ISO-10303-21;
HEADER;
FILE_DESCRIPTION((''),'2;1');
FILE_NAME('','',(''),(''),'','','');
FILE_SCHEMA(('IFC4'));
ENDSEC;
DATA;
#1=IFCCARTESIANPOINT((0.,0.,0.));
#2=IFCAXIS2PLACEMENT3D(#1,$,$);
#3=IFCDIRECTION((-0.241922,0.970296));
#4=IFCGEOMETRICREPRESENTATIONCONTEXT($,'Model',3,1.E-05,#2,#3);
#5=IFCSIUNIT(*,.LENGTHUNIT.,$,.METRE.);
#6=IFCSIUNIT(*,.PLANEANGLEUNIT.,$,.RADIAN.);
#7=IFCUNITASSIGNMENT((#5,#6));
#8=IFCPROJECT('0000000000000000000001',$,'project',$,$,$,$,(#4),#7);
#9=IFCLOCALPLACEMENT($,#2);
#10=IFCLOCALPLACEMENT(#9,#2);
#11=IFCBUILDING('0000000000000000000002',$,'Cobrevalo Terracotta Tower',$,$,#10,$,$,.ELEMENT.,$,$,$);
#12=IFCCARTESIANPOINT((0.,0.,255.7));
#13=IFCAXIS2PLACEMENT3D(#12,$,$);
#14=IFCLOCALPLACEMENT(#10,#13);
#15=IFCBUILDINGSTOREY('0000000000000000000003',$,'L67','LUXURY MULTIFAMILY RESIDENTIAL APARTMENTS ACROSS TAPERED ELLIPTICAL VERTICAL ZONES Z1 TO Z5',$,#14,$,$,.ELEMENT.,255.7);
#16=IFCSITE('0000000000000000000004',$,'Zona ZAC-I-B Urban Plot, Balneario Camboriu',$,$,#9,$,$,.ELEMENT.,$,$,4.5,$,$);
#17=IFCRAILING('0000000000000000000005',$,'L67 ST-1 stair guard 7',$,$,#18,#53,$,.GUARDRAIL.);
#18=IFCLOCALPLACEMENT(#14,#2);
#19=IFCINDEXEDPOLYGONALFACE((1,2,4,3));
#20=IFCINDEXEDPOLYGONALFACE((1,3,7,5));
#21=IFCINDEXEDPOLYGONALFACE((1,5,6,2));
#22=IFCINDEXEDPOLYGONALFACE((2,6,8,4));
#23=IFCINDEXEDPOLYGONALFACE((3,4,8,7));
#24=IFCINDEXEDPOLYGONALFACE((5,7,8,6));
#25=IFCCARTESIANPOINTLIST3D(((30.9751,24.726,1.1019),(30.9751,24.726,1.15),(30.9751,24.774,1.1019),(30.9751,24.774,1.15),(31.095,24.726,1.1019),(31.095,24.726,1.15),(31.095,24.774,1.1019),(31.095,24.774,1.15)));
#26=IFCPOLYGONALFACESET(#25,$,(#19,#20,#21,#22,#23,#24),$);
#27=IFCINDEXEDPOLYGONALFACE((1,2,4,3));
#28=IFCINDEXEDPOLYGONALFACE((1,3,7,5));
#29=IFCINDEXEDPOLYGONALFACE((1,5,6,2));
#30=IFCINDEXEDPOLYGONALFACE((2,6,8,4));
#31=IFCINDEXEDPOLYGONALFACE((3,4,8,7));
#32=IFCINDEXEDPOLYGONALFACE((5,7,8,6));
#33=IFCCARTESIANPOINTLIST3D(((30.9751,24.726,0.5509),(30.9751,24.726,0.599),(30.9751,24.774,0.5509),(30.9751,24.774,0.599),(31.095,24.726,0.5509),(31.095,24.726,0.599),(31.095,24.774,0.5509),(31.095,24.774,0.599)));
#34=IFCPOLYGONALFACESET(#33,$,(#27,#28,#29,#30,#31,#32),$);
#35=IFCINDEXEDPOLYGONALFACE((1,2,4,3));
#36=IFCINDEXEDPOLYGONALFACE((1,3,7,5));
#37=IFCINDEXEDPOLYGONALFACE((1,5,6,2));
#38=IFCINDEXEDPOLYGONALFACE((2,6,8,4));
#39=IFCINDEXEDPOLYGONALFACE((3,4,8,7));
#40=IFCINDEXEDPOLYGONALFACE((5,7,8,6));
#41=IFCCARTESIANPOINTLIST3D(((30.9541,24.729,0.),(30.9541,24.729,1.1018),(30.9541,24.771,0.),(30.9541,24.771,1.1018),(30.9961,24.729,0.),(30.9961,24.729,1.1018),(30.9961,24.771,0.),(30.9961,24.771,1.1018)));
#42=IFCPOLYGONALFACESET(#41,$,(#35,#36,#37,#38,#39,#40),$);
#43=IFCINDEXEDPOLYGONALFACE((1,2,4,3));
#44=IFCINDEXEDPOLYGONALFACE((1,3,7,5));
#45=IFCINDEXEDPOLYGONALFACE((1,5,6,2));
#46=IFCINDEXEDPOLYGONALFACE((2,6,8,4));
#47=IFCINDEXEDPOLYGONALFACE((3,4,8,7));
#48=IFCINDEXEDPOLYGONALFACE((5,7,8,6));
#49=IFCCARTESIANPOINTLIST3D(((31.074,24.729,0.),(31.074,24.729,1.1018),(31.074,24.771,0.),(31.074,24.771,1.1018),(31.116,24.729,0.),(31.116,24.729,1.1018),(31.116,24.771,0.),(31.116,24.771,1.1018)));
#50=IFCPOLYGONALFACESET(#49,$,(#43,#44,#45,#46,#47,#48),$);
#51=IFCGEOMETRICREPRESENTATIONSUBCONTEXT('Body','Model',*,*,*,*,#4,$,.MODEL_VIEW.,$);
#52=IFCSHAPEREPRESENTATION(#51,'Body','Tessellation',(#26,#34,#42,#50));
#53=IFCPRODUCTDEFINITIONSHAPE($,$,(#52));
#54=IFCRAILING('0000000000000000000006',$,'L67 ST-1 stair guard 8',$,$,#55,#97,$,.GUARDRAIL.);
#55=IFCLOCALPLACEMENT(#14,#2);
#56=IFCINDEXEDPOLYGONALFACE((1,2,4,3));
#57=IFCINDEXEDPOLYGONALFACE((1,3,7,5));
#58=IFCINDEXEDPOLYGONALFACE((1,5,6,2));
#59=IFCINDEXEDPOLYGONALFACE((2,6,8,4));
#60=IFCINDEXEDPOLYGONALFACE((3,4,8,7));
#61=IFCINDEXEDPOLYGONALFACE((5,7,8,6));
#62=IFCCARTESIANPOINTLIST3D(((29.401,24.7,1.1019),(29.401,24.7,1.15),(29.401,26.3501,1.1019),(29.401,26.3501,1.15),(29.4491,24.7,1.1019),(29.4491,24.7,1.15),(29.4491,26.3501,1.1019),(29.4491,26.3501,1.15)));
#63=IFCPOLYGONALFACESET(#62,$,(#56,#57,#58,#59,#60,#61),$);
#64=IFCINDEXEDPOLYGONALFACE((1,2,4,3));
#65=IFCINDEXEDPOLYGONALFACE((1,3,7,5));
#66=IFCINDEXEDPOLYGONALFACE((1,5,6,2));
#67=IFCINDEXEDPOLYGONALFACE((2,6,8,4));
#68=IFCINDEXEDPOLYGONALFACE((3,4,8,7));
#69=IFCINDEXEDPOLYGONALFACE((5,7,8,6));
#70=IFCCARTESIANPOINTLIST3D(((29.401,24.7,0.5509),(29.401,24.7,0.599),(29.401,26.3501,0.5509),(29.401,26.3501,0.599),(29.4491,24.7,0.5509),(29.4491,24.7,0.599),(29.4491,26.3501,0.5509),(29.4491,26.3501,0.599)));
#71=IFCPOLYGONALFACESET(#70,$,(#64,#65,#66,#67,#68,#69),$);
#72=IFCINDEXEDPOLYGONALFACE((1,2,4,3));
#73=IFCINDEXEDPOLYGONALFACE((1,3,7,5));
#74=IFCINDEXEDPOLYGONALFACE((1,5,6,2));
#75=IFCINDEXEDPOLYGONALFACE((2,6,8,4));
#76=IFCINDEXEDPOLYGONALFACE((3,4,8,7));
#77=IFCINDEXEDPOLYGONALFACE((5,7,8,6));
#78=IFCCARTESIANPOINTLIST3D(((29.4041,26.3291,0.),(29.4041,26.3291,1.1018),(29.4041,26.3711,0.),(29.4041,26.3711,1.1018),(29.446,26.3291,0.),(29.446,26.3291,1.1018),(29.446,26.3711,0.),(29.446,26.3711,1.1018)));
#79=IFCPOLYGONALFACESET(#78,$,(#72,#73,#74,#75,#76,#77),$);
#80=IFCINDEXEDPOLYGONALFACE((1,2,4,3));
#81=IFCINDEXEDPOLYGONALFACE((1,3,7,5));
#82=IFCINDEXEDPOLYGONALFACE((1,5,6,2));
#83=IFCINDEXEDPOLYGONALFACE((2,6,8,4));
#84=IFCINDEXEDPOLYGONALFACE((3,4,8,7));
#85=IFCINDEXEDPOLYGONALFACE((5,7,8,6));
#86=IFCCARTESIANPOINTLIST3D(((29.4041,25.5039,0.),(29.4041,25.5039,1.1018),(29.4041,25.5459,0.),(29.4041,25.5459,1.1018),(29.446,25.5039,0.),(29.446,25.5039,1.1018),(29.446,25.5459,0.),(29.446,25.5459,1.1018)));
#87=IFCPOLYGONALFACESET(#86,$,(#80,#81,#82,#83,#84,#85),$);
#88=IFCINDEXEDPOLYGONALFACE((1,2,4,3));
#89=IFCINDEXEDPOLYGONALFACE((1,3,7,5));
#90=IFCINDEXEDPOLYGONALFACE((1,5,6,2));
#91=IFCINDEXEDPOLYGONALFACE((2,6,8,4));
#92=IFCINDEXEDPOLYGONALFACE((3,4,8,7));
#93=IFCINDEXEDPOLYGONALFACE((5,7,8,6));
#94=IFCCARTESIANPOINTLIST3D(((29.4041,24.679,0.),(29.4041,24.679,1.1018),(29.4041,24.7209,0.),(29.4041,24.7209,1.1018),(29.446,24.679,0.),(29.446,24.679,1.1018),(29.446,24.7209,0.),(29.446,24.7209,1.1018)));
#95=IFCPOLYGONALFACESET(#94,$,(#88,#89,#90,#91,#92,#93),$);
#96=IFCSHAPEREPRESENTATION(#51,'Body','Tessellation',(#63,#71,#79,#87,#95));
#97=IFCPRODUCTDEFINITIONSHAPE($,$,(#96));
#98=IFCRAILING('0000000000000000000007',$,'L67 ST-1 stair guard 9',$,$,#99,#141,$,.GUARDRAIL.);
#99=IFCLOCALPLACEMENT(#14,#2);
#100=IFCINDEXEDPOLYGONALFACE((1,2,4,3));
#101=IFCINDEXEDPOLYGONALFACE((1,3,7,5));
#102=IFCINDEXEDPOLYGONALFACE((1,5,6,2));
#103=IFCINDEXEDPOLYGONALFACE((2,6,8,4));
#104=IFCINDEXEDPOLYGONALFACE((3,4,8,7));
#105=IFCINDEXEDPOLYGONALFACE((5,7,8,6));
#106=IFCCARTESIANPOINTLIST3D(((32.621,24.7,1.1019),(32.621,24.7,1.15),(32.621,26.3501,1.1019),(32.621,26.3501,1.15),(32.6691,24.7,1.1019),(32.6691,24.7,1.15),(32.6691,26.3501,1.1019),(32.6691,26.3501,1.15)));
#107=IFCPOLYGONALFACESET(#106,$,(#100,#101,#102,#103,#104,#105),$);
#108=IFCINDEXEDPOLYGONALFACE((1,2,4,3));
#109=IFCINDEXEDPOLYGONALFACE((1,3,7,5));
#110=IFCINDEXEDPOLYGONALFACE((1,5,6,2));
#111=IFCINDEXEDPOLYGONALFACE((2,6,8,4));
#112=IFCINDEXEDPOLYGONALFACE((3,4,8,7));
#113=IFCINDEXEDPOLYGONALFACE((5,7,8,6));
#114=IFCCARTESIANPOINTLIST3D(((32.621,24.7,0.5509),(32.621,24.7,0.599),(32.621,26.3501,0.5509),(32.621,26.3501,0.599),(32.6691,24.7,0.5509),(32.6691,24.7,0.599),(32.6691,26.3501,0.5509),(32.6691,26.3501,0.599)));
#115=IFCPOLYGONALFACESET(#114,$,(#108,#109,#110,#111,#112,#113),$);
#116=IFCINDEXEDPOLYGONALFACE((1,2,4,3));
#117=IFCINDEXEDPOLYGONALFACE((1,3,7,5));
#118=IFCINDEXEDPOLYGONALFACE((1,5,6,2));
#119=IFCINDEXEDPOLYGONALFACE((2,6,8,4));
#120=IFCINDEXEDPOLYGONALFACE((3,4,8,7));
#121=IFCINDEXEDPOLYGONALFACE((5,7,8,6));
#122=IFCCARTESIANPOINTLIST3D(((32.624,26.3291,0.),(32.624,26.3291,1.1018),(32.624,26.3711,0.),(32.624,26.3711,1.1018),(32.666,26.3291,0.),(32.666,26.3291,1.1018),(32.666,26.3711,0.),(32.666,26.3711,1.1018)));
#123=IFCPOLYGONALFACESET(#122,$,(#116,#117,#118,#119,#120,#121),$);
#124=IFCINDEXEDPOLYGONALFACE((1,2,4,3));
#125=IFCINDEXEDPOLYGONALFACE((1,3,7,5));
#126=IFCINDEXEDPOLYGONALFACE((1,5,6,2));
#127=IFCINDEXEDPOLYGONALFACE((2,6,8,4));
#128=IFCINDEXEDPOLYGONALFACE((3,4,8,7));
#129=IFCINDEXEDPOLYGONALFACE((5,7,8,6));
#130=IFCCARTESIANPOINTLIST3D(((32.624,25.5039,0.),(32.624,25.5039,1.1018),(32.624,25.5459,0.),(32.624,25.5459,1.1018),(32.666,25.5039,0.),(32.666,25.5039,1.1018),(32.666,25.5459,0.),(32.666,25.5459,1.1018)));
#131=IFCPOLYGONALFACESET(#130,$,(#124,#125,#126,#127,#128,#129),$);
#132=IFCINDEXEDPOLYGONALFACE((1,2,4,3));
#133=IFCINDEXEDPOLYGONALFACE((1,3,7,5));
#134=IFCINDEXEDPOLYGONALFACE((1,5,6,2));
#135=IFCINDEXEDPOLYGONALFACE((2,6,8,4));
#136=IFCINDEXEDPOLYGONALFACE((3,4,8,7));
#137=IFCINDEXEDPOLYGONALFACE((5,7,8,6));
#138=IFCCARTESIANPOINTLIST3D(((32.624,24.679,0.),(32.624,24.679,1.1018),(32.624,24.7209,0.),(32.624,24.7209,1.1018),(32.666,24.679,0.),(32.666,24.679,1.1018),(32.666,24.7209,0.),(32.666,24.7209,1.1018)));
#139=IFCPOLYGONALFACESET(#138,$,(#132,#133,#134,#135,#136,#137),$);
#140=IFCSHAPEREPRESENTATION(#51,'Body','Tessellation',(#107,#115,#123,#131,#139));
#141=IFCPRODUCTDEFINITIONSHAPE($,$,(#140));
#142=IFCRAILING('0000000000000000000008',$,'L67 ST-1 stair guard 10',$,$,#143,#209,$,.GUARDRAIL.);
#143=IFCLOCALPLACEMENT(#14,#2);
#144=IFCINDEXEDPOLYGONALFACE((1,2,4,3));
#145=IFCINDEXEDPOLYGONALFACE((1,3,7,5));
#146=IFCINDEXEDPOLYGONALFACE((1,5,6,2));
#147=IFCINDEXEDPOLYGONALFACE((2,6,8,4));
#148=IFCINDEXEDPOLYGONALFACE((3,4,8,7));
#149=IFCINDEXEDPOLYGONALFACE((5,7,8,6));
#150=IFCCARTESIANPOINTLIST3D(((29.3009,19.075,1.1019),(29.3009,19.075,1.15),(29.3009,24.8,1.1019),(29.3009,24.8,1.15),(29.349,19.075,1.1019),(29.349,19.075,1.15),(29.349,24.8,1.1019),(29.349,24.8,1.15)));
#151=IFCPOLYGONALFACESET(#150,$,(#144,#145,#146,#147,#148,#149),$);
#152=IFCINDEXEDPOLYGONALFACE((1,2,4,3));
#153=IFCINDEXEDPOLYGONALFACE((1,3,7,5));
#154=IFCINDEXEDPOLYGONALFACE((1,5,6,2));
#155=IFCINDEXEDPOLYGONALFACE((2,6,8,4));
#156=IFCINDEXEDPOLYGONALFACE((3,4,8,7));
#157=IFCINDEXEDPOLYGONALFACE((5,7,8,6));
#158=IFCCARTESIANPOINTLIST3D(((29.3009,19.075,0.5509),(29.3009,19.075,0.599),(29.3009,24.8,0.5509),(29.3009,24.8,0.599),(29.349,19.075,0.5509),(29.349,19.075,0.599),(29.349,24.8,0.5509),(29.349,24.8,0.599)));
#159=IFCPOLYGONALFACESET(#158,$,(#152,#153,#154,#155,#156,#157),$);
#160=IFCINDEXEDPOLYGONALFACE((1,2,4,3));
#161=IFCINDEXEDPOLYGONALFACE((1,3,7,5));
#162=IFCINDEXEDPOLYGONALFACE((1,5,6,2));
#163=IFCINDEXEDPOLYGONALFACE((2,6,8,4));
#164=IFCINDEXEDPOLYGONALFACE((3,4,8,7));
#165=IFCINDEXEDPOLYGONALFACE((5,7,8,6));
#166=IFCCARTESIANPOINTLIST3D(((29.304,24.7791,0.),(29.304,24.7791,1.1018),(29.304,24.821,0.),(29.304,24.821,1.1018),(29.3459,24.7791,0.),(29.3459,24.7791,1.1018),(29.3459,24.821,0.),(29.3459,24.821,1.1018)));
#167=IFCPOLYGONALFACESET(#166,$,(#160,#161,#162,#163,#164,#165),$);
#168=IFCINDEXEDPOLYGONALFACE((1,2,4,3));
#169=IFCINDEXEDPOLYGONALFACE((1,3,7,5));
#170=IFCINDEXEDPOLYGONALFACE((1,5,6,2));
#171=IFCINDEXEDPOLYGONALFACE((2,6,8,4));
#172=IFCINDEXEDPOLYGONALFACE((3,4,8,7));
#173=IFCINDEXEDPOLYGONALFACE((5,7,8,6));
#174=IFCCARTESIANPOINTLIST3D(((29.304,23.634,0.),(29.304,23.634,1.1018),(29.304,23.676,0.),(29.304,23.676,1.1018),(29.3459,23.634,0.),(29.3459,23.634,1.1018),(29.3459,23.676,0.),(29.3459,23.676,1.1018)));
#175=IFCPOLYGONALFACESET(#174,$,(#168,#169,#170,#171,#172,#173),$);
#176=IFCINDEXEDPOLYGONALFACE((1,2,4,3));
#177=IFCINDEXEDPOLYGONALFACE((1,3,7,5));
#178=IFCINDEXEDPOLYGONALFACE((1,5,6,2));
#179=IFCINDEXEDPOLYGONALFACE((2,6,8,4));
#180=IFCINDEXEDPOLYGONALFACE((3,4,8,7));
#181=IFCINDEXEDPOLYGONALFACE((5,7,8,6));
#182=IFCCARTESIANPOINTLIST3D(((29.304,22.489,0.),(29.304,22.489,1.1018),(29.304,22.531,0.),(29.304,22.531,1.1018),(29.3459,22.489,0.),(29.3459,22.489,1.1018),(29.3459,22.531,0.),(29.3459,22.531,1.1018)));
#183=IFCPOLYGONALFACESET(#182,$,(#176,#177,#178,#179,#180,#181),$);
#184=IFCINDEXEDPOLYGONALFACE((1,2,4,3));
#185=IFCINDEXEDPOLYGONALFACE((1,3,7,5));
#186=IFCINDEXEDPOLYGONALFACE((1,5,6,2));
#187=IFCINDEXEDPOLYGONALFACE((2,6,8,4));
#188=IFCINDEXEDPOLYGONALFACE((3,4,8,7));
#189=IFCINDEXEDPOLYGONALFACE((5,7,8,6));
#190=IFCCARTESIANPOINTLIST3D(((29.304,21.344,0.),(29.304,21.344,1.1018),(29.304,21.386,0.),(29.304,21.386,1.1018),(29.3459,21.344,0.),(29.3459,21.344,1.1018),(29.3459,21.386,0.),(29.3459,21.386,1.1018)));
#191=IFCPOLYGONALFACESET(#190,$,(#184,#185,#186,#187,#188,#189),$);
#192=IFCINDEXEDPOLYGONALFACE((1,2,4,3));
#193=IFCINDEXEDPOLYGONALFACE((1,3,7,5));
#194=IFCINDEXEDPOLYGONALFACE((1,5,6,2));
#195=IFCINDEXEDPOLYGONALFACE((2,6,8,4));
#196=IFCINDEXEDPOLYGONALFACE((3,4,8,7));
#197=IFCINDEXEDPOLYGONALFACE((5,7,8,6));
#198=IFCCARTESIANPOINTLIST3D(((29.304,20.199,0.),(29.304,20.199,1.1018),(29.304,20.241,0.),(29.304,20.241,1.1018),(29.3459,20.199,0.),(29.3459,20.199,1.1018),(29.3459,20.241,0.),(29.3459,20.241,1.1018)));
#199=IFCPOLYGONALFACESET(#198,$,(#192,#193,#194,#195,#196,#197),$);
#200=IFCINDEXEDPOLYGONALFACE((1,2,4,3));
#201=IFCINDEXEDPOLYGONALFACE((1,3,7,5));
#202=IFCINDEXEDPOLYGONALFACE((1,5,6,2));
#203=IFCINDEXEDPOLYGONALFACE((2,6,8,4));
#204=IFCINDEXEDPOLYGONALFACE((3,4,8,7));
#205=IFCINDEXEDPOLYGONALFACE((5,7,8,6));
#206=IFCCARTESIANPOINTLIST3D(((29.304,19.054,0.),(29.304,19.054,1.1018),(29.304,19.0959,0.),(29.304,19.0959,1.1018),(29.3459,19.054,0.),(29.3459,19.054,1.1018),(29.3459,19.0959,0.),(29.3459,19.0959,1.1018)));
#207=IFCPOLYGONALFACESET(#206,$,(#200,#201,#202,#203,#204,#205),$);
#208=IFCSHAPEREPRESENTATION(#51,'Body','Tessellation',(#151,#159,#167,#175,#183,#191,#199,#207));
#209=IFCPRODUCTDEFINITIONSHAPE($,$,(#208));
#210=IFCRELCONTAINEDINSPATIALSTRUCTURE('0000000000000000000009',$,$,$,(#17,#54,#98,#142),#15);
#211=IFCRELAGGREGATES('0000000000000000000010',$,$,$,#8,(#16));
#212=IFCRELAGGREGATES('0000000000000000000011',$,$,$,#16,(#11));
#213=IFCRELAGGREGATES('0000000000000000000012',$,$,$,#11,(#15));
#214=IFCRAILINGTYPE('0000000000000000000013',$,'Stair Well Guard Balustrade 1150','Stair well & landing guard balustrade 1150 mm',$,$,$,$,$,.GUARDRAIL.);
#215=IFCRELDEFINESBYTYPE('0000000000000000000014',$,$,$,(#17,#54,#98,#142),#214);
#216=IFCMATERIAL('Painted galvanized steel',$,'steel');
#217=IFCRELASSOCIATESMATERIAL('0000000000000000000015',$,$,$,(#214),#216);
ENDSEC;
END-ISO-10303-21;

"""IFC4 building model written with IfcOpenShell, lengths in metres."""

from ifc_helpers import new_model, si_unit, direction, frame, origin, origin_2d, place, context, subcontext, project, spatial, rectangle, extrude, material, type_object, element, save


model = new_model("IFC4")

# Units and contexts
model_context = context("Model", 3, precision=1e-05, world=origin(), true_north=direction((-0.241922, 0.970296)))
body_context = subcontext(model_context, "Body", "Model", "MODEL_VIEW")
ifc_project = project(units=[si_unit("LENGTHUNIT", "METRE"), si_unit("PLANEANGLEUNIT", "RADIAN")], contexts=[model_context])

# Site, building, storey
site_placement = place(None, origin())
site = spatial("IfcSite", under=ifc_project, at=site_placement, Name="Zona ZAC-I-B Urban Plot, Balneario Camboriu", CompositionType="ELEMENT", RefElevation=4.5)
building_placement = place(site_placement, origin())
building = spatial("IfcBuilding", under=site, at=building_placement, Name="Cobrevalo Terracotta Tower", CompositionType="ELEMENT")
storey_placement = place(building_placement, frame((0.0, 0.0, 255.7)))
storey = spatial("IfcBuildingStorey", under=building, at=storey_placement, Name="L67", Description="LUXURY MULTIFAMILY RESIDENTIAL APARTMENTS ACROSS TAPERED ELLIPTICAL VERTICAL ZONES Z1 TO Z5", CompositionType="ELEMENT", Elevation=255.7)

# Railings
ifc_material_1 = material(Name="Painted galvanized steel", Category="steel")
railing_type_1 = type_object("IfcRailingType", Name="Stair Well Guard Balustrade 1150", Description="Stair well & landing guard balustrade 1150 mm", PredefinedType="GUARDRAIL", material=ifc_material_1)
railing_1_placement = place(storey_placement, frame((30.9751, 24.75, 0.0)))
element("IfcRailing", 1, at=railing_1_placement, inside=storey, type_object=railing_type_1, Name="L67 ST-1 stair guard 7", PredefinedType="GUARDRAIL", context=body_context, shape_type="SweptSolid", body=[
    extrude(rectangle(XDim=0.0481, YDim=0.0481, at=origin_2d()), frame((0.0, 0.0, 1.126), z_axis=(1.0, 0.0, 0.0), x_axis=(0.0, 1.0, 0.0)), (0.0, 0.0, 1.0), 0.1199),
    extrude(rectangle(XDim=0.0481, YDim=0.0481, at=origin_2d()), frame((0.0, 0.0, 0.575), z_axis=(1.0, 0.0, 0.0), x_axis=(0.0, 1.0, 0.0)), (0.0, 0.0, 1.0), 0.1199),
    extrude(rectangle(XDim=0.042, YDim=0.042, at=origin_2d()), origin(), (0.0, 0.0, 1.0), 1.1018),
    extrude(rectangle(XDim=0.042, YDim=0.042, at=origin_2d()), frame((0.1199, 0.0, 0.0)), (0.0, 0.0, 1.0), 1.1018),
])
for number, where, name in (
    (2, (29.425, 26.3501, 0.0), "L67 ST-1 stair guard 8"),
    (3, (32.645, 26.3501, 0.0), "L67 ST-1 stair guard 9"),
):
    element("IfcRailing", number, at=place(storey_placement, frame(where)), inside=storey, type_object=railing_type_1, Name=name, PredefinedType="GUARDRAIL", context=body_context, shape_type="SweptSolid", body=[
        extrude(rectangle(XDim=0.0481, YDim=0.0481, at=origin_2d()), frame((0.0, 0.0, 1.126), z_axis=(0.0, -1.0, 0.0), x_axis=(1.0, 0.0, 0.0)), (0.0, 0.0, 1.0), 1.6501),
        extrude(rectangle(XDim=0.0481, YDim=0.0481, at=origin_2d()), frame((0.0, 0.0, 0.575), z_axis=(0.0, -1.0, 0.0), x_axis=(1.0, 0.0, 0.0)), (0.0, 0.0, 1.0), 1.6501),
        extrude(rectangle(XDim=0.042, YDim=0.042, at=origin_2d()), origin(), (0.0, 0.0, 1.0), 1.1018),
        extrude(rectangle(XDim=0.042, YDim=0.042, at=origin_2d()), frame((0.0, -0.8252, 0.0)), (0.0, 0.0, 1.0), 1.1018),
        extrude(rectangle(XDim=0.042, YDim=0.042, at=origin_2d()), frame((0.0, -1.6501, 0.0)), (0.0, 0.0, 1.0), 1.1018),
    ])
for number, where, name in (
    (4, (29.325, 24.8, 0.0), "L67 ST-1 stair guard 10"),
):
    element("IfcRailing", number, at=place(storey_placement, frame(where)), inside=storey, type_object=railing_type_1, Name=name, PredefinedType="GUARDRAIL", context=body_context, shape_type="SweptSolid", body=[
        extrude(rectangle(XDim=0.0481, YDim=0.0481, at=origin_2d()), frame((0.0, 0.0, 1.126), z_axis=(0.0, -1.0, 0.0), x_axis=(1.0, 0.0, 0.0)), (0.0, 0.0, 1.0), 5.7251),
        extrude(rectangle(XDim=0.0481, YDim=0.0481, at=origin_2d()), frame((0.0, 0.0, 0.575), z_axis=(0.0, -1.0, 0.0), x_axis=(1.0, 0.0, 0.0)), (0.0, 0.0, 1.0), 5.7251),
        extrude(rectangle(XDim=0.042, YDim=0.042, at=origin_2d()), origin(), (0.0, 0.0, 1.0), 1.1018),
        extrude(rectangle(XDim=0.042, YDim=0.042, at=origin_2d()), frame((0.0, -1.145, 0.0)), (0.0, 0.0, 1.0), 1.1018),
        extrude(rectangle(XDim=0.042, YDim=0.042, at=origin_2d()), frame((0.0, -2.29, 0.0)), (0.0, 0.0, 1.0), 1.1018),
        extrude(rectangle(XDim=0.042, YDim=0.042, at=origin_2d()), frame((0.0, -3.4351, 0.0)), (0.0, 0.0, 1.0), 1.1018),
        extrude(rectangle(XDim=0.042, YDim=0.042, at=origin_2d()), frame((0.0, -4.5801, 0.0)), (0.0, 0.0, 1.0), 1.1018),
        extrude(rectangle(XDim=0.042, YDim=0.042, at=origin_2d()), frame((0.0, -5.7251, 0.0)), (0.0, 0.0, 1.0), 1.1018),
    ])

save(model, "model.ifc")
